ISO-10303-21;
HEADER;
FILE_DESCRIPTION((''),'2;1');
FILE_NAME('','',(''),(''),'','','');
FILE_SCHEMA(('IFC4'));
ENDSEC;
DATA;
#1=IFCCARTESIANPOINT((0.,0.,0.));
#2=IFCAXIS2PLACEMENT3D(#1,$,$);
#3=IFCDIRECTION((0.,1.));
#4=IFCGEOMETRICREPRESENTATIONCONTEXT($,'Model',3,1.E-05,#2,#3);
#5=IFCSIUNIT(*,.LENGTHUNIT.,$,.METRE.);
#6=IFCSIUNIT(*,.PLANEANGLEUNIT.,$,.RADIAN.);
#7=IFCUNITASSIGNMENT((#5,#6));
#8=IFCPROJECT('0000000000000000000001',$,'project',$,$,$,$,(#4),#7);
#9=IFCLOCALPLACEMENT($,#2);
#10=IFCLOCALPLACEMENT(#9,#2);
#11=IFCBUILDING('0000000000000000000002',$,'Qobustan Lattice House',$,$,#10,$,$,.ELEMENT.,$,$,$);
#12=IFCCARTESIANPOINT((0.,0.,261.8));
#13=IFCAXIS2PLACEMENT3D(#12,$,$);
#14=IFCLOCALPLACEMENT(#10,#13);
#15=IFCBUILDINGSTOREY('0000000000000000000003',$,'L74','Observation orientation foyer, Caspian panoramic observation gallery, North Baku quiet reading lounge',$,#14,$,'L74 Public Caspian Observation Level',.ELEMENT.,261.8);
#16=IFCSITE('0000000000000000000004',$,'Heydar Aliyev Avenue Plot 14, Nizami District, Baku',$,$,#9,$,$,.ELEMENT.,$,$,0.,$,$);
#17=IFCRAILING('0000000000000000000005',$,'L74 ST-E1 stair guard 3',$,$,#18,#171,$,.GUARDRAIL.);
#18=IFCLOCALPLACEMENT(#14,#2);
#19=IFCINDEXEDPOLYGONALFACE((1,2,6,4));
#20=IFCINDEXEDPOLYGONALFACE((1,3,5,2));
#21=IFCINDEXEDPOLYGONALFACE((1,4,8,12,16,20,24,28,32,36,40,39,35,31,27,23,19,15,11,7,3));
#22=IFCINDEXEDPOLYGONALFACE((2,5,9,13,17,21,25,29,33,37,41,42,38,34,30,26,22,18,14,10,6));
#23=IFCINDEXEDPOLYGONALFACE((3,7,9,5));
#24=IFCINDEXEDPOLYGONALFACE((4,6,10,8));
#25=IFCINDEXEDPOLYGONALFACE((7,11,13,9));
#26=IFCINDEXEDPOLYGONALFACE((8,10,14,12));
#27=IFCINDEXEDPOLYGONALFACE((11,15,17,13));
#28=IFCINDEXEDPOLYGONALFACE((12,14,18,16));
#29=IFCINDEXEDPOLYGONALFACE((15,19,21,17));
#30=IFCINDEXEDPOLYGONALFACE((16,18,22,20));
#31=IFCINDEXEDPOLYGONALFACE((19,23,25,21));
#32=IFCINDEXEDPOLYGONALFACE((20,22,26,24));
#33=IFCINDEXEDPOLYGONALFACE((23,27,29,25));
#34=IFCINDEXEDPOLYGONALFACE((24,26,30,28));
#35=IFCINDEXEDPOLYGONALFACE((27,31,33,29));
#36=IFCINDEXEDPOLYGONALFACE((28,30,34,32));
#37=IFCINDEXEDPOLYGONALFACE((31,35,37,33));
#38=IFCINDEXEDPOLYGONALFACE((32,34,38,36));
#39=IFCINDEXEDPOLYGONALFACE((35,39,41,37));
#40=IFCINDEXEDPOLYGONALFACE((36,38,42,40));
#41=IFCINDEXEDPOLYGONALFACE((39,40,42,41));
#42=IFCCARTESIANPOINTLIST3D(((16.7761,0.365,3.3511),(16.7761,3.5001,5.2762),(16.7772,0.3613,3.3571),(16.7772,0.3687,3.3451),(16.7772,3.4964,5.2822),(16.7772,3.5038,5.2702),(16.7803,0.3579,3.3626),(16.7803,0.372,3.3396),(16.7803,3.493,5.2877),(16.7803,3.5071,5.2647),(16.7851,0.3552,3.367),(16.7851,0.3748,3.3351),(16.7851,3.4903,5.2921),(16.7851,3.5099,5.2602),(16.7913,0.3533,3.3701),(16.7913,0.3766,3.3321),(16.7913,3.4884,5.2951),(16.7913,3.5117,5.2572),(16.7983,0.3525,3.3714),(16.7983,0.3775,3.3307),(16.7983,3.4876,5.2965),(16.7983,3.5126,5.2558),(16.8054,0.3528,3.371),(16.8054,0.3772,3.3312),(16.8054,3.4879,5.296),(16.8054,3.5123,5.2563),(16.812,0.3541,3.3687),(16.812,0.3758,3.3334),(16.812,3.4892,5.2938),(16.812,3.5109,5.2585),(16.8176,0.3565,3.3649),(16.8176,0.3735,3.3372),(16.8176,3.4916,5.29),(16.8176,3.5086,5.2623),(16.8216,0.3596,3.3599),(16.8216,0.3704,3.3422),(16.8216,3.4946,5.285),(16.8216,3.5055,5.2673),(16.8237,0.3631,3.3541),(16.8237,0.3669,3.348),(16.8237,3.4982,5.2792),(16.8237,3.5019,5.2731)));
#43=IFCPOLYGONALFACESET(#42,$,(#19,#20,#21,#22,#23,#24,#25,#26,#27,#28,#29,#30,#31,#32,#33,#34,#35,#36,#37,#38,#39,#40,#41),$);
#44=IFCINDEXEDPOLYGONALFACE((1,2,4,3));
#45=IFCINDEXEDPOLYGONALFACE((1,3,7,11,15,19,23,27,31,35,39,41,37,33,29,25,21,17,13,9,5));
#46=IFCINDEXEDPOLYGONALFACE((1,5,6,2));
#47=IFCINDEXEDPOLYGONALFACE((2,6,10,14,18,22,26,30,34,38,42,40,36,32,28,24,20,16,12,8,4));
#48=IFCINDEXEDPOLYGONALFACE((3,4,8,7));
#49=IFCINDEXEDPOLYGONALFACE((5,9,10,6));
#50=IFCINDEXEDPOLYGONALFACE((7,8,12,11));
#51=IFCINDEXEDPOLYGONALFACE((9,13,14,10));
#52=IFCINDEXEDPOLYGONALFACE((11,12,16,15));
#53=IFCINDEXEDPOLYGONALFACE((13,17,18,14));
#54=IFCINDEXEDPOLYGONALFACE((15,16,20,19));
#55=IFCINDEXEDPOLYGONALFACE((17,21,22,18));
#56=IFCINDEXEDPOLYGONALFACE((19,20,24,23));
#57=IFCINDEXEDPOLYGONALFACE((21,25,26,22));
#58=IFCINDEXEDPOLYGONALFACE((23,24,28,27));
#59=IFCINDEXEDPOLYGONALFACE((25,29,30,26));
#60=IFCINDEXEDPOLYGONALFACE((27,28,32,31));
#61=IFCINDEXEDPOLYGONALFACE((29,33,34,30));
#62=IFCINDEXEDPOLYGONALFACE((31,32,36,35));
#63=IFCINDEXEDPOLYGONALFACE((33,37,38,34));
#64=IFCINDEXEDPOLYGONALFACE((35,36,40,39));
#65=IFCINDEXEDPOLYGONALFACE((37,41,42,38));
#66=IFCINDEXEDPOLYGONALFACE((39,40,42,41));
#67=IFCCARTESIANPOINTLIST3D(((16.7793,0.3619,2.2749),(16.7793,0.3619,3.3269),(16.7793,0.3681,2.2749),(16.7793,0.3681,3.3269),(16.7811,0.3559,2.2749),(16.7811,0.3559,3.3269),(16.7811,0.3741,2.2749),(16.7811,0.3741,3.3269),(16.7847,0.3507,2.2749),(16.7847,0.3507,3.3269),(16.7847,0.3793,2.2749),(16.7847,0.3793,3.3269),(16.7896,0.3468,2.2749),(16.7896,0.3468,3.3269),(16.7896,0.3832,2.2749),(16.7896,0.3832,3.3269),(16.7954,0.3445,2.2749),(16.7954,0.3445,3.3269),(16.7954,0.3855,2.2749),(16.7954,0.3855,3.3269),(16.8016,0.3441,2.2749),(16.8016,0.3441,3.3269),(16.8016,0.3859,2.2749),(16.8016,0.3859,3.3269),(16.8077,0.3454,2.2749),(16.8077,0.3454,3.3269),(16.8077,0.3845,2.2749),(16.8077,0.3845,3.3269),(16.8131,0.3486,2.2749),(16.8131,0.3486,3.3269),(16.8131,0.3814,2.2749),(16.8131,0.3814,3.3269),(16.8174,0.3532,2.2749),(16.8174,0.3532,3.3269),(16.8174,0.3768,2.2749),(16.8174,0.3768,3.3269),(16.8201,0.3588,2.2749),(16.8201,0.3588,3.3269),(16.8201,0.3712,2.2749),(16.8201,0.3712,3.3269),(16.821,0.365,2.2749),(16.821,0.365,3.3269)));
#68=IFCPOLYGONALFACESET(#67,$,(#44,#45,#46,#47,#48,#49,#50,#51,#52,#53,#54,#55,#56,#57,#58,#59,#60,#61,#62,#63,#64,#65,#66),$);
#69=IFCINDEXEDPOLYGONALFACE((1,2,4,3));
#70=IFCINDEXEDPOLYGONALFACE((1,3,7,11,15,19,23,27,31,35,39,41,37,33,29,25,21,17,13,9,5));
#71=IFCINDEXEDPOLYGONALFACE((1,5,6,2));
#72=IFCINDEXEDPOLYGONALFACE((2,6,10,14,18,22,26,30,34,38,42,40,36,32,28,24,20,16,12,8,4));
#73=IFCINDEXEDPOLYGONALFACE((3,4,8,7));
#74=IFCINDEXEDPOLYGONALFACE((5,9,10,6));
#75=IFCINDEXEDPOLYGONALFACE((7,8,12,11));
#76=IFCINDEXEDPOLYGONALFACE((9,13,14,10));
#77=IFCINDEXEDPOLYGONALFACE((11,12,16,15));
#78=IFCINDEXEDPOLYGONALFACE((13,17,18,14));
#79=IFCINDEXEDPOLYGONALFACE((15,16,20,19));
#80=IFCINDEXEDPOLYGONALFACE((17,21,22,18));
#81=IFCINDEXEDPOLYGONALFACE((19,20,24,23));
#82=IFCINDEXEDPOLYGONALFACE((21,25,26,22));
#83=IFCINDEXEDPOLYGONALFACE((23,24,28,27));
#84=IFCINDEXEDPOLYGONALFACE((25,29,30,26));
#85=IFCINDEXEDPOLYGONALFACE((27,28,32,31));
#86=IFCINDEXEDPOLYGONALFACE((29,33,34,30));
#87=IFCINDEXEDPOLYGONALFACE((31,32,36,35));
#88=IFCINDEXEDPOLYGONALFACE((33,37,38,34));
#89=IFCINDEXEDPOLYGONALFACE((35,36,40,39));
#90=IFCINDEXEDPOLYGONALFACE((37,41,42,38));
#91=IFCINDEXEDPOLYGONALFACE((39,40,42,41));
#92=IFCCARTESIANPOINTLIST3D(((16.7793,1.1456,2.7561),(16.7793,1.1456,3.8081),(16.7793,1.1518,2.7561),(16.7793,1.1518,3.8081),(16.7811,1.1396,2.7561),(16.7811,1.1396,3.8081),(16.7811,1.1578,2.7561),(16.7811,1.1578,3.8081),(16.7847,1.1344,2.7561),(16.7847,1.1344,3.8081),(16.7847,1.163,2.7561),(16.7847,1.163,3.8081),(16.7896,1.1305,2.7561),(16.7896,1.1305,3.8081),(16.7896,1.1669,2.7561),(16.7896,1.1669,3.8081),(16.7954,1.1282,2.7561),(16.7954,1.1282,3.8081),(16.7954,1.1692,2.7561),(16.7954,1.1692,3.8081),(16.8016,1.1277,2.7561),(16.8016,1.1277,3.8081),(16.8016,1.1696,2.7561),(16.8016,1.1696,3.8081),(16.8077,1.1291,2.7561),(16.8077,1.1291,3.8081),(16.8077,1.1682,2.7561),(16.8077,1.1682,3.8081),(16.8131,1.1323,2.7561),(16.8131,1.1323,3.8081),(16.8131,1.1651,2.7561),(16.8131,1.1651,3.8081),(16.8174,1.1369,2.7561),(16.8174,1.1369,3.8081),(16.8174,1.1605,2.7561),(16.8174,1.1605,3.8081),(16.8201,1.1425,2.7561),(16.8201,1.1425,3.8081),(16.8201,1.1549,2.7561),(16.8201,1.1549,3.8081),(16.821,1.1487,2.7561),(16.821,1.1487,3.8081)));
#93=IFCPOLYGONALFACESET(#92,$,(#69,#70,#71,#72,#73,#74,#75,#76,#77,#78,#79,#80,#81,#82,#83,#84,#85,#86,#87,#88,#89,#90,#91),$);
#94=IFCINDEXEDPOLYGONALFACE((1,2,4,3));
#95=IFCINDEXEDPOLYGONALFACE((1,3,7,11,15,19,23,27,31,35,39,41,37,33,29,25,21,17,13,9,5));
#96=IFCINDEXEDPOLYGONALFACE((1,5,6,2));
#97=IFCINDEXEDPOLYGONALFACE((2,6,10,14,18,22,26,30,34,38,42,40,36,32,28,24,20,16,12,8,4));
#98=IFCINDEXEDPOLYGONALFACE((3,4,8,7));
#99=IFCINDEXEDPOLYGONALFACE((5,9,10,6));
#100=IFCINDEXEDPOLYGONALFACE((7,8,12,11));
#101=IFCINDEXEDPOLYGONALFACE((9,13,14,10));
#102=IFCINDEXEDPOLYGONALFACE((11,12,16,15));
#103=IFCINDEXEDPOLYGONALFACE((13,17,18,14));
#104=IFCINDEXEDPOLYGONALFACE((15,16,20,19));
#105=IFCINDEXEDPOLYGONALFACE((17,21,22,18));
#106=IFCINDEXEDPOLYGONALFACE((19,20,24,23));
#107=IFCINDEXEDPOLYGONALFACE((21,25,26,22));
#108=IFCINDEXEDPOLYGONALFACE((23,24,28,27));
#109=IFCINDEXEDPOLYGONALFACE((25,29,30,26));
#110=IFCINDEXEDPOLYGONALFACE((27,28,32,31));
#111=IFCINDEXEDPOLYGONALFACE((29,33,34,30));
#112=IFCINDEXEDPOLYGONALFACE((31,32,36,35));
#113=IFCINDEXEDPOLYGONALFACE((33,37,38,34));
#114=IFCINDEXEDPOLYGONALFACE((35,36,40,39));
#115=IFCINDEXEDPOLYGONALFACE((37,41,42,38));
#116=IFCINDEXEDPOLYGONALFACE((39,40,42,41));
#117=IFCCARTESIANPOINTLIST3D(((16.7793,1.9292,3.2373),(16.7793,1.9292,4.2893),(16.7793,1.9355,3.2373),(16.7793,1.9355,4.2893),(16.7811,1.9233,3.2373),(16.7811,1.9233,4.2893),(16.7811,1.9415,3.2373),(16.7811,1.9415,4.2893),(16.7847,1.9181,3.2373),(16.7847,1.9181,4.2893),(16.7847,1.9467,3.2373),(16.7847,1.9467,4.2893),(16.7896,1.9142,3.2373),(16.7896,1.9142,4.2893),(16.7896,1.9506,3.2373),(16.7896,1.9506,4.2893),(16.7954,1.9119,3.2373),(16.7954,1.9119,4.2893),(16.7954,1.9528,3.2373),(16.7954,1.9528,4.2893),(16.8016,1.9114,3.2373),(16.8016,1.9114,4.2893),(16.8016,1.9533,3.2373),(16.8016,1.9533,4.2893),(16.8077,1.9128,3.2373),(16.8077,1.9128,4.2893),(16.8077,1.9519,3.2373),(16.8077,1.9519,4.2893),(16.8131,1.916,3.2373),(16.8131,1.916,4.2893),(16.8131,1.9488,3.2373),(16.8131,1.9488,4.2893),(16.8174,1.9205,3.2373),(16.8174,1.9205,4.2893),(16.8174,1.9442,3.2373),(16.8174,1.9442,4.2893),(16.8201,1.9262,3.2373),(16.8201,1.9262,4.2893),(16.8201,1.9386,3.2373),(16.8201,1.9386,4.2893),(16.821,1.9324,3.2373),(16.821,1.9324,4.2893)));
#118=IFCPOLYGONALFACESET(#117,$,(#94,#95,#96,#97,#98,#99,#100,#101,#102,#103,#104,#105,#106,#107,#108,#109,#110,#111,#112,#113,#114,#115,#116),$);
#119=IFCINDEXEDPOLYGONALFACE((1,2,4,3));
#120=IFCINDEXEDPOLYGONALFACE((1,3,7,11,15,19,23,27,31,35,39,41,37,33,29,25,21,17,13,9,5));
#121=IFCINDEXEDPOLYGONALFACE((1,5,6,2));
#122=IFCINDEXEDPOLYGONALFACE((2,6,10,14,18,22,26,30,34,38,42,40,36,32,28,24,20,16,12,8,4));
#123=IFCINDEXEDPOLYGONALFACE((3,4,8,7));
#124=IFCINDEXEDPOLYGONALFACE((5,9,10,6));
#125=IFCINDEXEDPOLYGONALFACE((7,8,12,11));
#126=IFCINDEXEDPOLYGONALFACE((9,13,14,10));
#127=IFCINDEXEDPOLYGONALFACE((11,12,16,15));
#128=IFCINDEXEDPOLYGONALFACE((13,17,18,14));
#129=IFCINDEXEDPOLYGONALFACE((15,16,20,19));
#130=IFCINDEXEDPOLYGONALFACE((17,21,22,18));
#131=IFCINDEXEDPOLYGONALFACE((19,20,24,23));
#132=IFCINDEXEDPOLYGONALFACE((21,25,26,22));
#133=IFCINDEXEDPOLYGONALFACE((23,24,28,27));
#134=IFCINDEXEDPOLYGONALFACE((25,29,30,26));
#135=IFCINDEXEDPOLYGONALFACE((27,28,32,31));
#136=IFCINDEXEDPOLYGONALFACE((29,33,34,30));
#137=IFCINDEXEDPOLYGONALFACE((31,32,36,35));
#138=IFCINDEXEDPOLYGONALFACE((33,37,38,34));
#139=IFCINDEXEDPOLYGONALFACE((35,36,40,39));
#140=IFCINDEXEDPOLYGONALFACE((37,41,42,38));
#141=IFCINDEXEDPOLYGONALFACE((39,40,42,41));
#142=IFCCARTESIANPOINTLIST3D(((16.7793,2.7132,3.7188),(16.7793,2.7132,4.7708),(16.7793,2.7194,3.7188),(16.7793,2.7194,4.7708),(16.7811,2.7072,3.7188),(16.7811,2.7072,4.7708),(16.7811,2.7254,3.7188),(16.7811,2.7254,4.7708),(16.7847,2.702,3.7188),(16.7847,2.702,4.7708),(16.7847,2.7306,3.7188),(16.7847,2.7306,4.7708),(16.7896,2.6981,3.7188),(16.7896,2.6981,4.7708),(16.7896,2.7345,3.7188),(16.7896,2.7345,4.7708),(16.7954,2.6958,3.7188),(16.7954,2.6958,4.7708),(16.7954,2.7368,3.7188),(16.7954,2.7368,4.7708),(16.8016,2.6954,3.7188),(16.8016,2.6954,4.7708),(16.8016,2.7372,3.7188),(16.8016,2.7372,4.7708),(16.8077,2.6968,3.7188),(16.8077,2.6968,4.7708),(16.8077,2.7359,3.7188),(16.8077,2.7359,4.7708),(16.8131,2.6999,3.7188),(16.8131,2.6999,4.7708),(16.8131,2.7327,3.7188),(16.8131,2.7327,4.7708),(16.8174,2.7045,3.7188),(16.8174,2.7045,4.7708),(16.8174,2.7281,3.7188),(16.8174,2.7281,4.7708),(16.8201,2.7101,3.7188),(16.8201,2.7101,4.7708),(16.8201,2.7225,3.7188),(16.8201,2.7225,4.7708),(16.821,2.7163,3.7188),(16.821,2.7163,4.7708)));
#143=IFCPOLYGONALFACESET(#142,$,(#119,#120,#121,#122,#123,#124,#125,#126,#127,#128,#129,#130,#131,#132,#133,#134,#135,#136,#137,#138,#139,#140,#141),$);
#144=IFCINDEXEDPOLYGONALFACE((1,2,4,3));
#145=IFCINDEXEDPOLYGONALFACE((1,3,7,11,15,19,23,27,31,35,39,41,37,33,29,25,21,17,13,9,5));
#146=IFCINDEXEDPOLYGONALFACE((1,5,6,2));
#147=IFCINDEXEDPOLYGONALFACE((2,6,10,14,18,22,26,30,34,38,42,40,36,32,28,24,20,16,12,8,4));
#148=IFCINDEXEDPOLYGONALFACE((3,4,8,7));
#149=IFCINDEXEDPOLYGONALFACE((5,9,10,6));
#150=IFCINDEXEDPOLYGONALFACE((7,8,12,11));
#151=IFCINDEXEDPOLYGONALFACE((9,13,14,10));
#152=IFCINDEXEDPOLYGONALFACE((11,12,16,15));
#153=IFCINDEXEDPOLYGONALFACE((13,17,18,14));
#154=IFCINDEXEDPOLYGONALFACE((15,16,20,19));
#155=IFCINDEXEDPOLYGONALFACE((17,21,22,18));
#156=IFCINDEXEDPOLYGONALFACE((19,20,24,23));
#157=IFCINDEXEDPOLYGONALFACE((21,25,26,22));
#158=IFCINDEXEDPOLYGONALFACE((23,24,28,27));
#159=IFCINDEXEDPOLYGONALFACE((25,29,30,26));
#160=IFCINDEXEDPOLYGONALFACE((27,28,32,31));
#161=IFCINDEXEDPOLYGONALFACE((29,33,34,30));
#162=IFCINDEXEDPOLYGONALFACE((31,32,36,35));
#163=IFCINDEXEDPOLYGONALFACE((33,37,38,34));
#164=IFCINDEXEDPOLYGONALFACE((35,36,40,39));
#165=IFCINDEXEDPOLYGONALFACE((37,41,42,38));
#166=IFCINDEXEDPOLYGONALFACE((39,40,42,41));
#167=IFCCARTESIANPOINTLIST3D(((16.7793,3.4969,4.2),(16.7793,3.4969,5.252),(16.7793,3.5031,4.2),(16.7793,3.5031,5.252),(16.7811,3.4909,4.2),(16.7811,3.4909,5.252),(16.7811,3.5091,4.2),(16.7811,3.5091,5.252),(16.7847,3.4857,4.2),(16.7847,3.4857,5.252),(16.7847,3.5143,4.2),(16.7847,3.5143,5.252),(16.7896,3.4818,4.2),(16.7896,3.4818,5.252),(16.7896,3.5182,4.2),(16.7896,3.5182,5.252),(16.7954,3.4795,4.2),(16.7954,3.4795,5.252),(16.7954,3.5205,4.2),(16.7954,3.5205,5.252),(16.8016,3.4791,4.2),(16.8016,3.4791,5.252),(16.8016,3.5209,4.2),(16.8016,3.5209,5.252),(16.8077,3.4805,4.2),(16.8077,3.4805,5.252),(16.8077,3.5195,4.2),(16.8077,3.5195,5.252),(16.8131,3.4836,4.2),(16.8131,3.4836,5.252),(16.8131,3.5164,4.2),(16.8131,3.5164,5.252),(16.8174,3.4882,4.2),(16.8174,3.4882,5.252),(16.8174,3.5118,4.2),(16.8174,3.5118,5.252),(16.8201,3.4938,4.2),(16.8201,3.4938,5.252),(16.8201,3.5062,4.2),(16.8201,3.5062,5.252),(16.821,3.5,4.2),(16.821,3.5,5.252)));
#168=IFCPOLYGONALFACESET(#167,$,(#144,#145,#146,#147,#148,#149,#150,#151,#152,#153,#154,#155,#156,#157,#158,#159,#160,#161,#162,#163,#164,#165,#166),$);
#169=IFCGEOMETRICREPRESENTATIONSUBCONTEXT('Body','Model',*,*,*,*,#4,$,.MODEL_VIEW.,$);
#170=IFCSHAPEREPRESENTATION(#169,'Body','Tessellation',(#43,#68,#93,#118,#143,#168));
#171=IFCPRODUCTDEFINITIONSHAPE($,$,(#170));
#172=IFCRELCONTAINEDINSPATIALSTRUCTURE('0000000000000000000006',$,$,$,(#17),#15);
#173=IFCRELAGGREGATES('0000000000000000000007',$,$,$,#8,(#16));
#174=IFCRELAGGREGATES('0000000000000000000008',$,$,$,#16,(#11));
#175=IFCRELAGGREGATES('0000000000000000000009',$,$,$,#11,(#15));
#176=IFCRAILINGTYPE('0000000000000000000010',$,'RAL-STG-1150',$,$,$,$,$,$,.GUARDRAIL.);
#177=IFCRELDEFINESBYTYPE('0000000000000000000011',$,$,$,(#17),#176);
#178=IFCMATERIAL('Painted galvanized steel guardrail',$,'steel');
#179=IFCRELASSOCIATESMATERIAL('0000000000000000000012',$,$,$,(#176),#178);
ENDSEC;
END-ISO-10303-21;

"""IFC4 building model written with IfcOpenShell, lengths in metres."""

from ifc_helpers import new_model, si_unit, direction, frame, origin, origin_2d, place, context, subcontext, project, spatial, circle, extrude, material, type_object, element, save


model = new_model("IFC4")

# Units and contexts
model_context = context("Model", 3, precision=1e-05, world=origin(), true_north=direction((0.0, 1.0)))
body_context = subcontext(model_context, "Body", "Model", "MODEL_VIEW")
ifc_project = project(units=[si_unit("LENGTHUNIT", "METRE"), si_unit("PLANEANGLEUNIT", "RADIAN")], contexts=[model_context])

# Site, building, storey
site_placement = place(None, origin())
site = spatial("IfcSite", under=ifc_project, at=site_placement, Name="Heydar Aliyev Avenue Plot 14, Nizami District, Baku", CompositionType="ELEMENT", RefElevation=0.0)
building_placement = place(site_placement, origin())
building = spatial("IfcBuilding", under=site, at=building_placement, Name="Qobustan Lattice House", CompositionType="ELEMENT")
storey_placement = place(building_placement, frame((0.0, 0.0, 261.8)))
storey = spatial("IfcBuildingStorey", under=building, at=storey_placement, Name="L74", Description="Observation orientation foyer, Caspian panoramic observation gallery, North Baku quiet reading lounge", LongName="L74 Public Caspian Observation Level", CompositionType="ELEMENT", Elevation=261.8)

# Railing
ifc_material_1 = material(Name="Painted galvanized steel guardrail", Category="steel")
railing_type_1 = type_object("IfcRailingType", Name="RAL-STG-1150", PredefinedType="GUARDRAIL", material=ifc_material_1)
railing_1_placement = place(storey_placement, frame((16.8, 0.365, 2.2749)))
element("IfcRailing", 1, at=railing_1_placement, inside=storey, type_object=railing_type_1, Name="L74 ST-E1 stair guard 3", PredefinedType="GUARDRAIL", context=body_context, shape_type="SweptSolid", body=[
    extrude(circle(Radius=0.0239, at=origin_2d()), frame((0.0, 0.0, 1.0762), z_axis=(0.0, 0.852166, 0.523271), x_axis=(-1.0, 0.0, 0.0)), (0.0, 0.0, 1.0), 3.679),
    extrude(circle(Radius=0.021, at=origin_2d()), origin(), (0.0, 0.0, 1.0), 1.052),
    extrude(circle(Radius=0.021, at=origin_2d()), frame((0.0, 0.7837, 0.4812)), (0.0, 0.0, 1.0), 1.052),
    extrude(circle(Radius=0.021, at=origin_2d()), frame((0.0, 1.5674, 0.9624)), (0.0, 0.0, 1.0), 1.052),
    extrude(circle(Radius=0.021, at=origin_2d()), frame((0.0, 2.3513, 1.4438)), (0.0, 0.0, 1.0), 1.052),
    extrude(circle(Radius=0.021, at=origin_2d()), frame((0.0, 3.135, 1.925)), (0.0, 0.0, 1.0), 1.052),
])

save(model, "model.ifc")
